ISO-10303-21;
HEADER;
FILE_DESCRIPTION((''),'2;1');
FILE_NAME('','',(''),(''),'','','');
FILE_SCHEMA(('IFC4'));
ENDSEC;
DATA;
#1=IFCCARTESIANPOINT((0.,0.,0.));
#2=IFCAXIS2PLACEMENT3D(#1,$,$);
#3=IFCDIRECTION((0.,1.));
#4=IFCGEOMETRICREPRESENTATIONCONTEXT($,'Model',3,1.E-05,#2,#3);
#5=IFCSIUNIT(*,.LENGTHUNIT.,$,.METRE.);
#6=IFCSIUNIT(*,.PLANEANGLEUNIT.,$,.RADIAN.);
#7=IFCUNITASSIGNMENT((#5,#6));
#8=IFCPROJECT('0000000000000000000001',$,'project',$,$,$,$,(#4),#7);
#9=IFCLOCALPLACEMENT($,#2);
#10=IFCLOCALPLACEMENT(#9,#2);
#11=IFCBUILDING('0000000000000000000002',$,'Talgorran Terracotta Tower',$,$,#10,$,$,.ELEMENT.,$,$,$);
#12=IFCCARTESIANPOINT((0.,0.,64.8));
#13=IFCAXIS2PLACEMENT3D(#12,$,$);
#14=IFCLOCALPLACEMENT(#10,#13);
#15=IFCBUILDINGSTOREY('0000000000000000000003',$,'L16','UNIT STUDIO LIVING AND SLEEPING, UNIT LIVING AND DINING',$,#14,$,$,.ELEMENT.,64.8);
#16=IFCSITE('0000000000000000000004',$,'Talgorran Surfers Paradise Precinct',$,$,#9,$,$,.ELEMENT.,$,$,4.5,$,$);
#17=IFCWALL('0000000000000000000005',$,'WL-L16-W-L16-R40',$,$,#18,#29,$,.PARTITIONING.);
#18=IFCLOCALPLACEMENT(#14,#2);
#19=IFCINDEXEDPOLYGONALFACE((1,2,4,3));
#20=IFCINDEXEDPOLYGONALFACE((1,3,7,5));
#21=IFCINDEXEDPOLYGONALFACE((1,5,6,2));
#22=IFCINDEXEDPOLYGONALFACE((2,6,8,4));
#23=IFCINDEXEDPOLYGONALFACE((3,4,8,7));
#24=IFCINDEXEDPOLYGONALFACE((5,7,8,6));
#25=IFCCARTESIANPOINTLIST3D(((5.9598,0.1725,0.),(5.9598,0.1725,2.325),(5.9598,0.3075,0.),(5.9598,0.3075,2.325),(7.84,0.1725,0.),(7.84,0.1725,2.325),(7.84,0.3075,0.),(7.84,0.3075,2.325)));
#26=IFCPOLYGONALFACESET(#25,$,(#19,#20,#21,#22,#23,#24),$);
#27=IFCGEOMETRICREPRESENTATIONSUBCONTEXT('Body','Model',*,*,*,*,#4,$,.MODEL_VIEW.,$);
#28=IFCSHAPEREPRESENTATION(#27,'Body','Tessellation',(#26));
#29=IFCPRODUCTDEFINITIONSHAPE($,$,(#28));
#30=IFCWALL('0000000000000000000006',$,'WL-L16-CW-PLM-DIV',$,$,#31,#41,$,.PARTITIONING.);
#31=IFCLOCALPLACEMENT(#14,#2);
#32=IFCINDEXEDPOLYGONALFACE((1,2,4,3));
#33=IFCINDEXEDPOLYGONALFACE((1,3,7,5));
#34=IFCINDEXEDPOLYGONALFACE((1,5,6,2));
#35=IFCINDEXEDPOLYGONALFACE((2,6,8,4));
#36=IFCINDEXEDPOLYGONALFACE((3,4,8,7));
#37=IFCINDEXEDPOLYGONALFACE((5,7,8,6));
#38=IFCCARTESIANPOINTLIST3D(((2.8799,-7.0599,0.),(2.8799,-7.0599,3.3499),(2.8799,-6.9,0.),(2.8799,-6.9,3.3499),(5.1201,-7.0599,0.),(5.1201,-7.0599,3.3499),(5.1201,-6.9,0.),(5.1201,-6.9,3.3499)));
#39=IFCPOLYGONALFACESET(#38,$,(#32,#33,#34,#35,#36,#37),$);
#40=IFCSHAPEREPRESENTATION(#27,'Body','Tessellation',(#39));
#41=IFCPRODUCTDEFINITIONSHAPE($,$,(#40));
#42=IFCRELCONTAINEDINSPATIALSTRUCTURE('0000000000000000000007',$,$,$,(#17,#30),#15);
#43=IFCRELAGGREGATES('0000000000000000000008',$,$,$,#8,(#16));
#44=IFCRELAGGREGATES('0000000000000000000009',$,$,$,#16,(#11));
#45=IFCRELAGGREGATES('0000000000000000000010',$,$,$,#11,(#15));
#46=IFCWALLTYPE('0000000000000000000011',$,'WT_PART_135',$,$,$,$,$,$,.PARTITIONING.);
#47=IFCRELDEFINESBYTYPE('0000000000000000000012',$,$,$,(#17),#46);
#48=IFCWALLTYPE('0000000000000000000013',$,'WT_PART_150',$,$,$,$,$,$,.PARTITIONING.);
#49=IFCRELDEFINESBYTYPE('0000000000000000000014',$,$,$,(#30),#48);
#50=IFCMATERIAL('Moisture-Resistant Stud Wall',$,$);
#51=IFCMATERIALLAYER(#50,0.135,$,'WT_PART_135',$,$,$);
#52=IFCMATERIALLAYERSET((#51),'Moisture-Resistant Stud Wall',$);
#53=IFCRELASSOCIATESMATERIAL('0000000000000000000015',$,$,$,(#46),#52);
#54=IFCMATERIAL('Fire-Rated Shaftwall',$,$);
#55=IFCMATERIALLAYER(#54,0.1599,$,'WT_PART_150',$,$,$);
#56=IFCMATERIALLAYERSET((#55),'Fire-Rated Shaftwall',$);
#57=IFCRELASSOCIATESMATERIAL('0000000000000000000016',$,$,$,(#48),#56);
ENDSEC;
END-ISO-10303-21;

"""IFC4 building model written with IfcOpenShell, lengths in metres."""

from ifc_helpers import new_model, si_unit, direction, frame, frame_2d, origin, place, context, subcontext, project, spatial, rectangle, extrude, material, layer, layer_set, type_object, element, save


model = new_model("IFC4")

# Units and contexts
model_context = context("Model", 3, precision=1e-05, world=origin(), true_north=direction((0.0, 1.0)))
body_context = subcontext(model_context, "Body", "Model", "MODEL_VIEW")
ifc_project = project(units=[si_unit("LENGTHUNIT", "METRE"), si_unit("PLANEANGLEUNIT", "RADIAN")], contexts=[model_context])

# Site, building, storey
site_placement = place(None, origin())
site = spatial("IfcSite", under=ifc_project, at=site_placement, Name="Talgorran Surfers Paradise Precinct", CompositionType="ELEMENT", RefElevation=4.5)
building_placement = place(site_placement, origin())
building = spatial("IfcBuilding", under=site, at=building_placement, Name="Talgorran Terracotta Tower", CompositionType="ELEMENT")
storey_placement = place(building_placement, frame((0.0, 0.0, 64.8)))
storey = spatial("IfcBuildingStorey", under=building, at=storey_placement, Name="L16", Description="UNIT STUDIO LIVING AND SLEEPING, UNIT LIVING AND DINING", CompositionType="ELEMENT", Elevation=64.8)

# Shared definitions
ifc_material_1 = material(Name="Moisture-Resistant Stud Wall")
ifc_layer_1 = layer(ifc_material_1, 0.135, Name="WT_PART_135")
ifc_layer_set_1 = layer_set([ifc_layer_1], Name="Moisture-Resistant Stud Wall")
wall_type_1 = type_object("IfcWallType", Name="WT_PART_135", PredefinedType="PARTITIONING", material=ifc_layer_set_1)

# Walls
wall_1_placement = place(storey_placement, frame((5.96, 0.24, 0.0), z_axis=(0.0, 0.0, 1.0), x_axis=(1.0, 0.0, 0.0)))
element("IfcWall", 1, at=wall_1_placement, inside=storey, type_object=wall_type_1, Name="WL-L16-W-L16-R40", PredefinedType="PARTITIONING", context=body_context, shape_type="SweptSolid", body=[
    extrude(rectangle(XDim=1.8801, YDim=0.135, at=frame_2d((0.9399, 0.0))), origin(), (0.0, 0.0, 1.0), 2.325),
])
ifc_material_2 = material(Name="Fire-Rated Shaftwall")
ifc_layer_2 = layer(ifc_material_2, 0.1599, Name="WT_PART_150")
ifc_layer_set_2 = layer_set([ifc_layer_2], Name="Fire-Rated Shaftwall")
wall_type_2 = type_object("IfcWallType", Name="WT_PART_150", PredefinedType="PARTITIONING", material=ifc_layer_set_2)
wall_2_placement = place(storey_placement, frame((2.8799, -6.98, 0.0), z_axis=(0.0, 0.0, 1.0), x_axis=(1.0, 0.0, 0.0)))
element("IfcWall", 2, at=wall_2_placement, inside=storey, type_object=wall_type_2, Name="WL-L16-CW-PLM-DIV", PredefinedType="PARTITIONING", context=body_context, shape_type="SweptSolid", body=[
    extrude(rectangle(XDim=2.2402, YDim=0.1599, at=frame_2d((1.1201, 0.0))), origin(), (0.0, 0.0, 1.0), 3.3499),
])

save(model, "model.ifc")
